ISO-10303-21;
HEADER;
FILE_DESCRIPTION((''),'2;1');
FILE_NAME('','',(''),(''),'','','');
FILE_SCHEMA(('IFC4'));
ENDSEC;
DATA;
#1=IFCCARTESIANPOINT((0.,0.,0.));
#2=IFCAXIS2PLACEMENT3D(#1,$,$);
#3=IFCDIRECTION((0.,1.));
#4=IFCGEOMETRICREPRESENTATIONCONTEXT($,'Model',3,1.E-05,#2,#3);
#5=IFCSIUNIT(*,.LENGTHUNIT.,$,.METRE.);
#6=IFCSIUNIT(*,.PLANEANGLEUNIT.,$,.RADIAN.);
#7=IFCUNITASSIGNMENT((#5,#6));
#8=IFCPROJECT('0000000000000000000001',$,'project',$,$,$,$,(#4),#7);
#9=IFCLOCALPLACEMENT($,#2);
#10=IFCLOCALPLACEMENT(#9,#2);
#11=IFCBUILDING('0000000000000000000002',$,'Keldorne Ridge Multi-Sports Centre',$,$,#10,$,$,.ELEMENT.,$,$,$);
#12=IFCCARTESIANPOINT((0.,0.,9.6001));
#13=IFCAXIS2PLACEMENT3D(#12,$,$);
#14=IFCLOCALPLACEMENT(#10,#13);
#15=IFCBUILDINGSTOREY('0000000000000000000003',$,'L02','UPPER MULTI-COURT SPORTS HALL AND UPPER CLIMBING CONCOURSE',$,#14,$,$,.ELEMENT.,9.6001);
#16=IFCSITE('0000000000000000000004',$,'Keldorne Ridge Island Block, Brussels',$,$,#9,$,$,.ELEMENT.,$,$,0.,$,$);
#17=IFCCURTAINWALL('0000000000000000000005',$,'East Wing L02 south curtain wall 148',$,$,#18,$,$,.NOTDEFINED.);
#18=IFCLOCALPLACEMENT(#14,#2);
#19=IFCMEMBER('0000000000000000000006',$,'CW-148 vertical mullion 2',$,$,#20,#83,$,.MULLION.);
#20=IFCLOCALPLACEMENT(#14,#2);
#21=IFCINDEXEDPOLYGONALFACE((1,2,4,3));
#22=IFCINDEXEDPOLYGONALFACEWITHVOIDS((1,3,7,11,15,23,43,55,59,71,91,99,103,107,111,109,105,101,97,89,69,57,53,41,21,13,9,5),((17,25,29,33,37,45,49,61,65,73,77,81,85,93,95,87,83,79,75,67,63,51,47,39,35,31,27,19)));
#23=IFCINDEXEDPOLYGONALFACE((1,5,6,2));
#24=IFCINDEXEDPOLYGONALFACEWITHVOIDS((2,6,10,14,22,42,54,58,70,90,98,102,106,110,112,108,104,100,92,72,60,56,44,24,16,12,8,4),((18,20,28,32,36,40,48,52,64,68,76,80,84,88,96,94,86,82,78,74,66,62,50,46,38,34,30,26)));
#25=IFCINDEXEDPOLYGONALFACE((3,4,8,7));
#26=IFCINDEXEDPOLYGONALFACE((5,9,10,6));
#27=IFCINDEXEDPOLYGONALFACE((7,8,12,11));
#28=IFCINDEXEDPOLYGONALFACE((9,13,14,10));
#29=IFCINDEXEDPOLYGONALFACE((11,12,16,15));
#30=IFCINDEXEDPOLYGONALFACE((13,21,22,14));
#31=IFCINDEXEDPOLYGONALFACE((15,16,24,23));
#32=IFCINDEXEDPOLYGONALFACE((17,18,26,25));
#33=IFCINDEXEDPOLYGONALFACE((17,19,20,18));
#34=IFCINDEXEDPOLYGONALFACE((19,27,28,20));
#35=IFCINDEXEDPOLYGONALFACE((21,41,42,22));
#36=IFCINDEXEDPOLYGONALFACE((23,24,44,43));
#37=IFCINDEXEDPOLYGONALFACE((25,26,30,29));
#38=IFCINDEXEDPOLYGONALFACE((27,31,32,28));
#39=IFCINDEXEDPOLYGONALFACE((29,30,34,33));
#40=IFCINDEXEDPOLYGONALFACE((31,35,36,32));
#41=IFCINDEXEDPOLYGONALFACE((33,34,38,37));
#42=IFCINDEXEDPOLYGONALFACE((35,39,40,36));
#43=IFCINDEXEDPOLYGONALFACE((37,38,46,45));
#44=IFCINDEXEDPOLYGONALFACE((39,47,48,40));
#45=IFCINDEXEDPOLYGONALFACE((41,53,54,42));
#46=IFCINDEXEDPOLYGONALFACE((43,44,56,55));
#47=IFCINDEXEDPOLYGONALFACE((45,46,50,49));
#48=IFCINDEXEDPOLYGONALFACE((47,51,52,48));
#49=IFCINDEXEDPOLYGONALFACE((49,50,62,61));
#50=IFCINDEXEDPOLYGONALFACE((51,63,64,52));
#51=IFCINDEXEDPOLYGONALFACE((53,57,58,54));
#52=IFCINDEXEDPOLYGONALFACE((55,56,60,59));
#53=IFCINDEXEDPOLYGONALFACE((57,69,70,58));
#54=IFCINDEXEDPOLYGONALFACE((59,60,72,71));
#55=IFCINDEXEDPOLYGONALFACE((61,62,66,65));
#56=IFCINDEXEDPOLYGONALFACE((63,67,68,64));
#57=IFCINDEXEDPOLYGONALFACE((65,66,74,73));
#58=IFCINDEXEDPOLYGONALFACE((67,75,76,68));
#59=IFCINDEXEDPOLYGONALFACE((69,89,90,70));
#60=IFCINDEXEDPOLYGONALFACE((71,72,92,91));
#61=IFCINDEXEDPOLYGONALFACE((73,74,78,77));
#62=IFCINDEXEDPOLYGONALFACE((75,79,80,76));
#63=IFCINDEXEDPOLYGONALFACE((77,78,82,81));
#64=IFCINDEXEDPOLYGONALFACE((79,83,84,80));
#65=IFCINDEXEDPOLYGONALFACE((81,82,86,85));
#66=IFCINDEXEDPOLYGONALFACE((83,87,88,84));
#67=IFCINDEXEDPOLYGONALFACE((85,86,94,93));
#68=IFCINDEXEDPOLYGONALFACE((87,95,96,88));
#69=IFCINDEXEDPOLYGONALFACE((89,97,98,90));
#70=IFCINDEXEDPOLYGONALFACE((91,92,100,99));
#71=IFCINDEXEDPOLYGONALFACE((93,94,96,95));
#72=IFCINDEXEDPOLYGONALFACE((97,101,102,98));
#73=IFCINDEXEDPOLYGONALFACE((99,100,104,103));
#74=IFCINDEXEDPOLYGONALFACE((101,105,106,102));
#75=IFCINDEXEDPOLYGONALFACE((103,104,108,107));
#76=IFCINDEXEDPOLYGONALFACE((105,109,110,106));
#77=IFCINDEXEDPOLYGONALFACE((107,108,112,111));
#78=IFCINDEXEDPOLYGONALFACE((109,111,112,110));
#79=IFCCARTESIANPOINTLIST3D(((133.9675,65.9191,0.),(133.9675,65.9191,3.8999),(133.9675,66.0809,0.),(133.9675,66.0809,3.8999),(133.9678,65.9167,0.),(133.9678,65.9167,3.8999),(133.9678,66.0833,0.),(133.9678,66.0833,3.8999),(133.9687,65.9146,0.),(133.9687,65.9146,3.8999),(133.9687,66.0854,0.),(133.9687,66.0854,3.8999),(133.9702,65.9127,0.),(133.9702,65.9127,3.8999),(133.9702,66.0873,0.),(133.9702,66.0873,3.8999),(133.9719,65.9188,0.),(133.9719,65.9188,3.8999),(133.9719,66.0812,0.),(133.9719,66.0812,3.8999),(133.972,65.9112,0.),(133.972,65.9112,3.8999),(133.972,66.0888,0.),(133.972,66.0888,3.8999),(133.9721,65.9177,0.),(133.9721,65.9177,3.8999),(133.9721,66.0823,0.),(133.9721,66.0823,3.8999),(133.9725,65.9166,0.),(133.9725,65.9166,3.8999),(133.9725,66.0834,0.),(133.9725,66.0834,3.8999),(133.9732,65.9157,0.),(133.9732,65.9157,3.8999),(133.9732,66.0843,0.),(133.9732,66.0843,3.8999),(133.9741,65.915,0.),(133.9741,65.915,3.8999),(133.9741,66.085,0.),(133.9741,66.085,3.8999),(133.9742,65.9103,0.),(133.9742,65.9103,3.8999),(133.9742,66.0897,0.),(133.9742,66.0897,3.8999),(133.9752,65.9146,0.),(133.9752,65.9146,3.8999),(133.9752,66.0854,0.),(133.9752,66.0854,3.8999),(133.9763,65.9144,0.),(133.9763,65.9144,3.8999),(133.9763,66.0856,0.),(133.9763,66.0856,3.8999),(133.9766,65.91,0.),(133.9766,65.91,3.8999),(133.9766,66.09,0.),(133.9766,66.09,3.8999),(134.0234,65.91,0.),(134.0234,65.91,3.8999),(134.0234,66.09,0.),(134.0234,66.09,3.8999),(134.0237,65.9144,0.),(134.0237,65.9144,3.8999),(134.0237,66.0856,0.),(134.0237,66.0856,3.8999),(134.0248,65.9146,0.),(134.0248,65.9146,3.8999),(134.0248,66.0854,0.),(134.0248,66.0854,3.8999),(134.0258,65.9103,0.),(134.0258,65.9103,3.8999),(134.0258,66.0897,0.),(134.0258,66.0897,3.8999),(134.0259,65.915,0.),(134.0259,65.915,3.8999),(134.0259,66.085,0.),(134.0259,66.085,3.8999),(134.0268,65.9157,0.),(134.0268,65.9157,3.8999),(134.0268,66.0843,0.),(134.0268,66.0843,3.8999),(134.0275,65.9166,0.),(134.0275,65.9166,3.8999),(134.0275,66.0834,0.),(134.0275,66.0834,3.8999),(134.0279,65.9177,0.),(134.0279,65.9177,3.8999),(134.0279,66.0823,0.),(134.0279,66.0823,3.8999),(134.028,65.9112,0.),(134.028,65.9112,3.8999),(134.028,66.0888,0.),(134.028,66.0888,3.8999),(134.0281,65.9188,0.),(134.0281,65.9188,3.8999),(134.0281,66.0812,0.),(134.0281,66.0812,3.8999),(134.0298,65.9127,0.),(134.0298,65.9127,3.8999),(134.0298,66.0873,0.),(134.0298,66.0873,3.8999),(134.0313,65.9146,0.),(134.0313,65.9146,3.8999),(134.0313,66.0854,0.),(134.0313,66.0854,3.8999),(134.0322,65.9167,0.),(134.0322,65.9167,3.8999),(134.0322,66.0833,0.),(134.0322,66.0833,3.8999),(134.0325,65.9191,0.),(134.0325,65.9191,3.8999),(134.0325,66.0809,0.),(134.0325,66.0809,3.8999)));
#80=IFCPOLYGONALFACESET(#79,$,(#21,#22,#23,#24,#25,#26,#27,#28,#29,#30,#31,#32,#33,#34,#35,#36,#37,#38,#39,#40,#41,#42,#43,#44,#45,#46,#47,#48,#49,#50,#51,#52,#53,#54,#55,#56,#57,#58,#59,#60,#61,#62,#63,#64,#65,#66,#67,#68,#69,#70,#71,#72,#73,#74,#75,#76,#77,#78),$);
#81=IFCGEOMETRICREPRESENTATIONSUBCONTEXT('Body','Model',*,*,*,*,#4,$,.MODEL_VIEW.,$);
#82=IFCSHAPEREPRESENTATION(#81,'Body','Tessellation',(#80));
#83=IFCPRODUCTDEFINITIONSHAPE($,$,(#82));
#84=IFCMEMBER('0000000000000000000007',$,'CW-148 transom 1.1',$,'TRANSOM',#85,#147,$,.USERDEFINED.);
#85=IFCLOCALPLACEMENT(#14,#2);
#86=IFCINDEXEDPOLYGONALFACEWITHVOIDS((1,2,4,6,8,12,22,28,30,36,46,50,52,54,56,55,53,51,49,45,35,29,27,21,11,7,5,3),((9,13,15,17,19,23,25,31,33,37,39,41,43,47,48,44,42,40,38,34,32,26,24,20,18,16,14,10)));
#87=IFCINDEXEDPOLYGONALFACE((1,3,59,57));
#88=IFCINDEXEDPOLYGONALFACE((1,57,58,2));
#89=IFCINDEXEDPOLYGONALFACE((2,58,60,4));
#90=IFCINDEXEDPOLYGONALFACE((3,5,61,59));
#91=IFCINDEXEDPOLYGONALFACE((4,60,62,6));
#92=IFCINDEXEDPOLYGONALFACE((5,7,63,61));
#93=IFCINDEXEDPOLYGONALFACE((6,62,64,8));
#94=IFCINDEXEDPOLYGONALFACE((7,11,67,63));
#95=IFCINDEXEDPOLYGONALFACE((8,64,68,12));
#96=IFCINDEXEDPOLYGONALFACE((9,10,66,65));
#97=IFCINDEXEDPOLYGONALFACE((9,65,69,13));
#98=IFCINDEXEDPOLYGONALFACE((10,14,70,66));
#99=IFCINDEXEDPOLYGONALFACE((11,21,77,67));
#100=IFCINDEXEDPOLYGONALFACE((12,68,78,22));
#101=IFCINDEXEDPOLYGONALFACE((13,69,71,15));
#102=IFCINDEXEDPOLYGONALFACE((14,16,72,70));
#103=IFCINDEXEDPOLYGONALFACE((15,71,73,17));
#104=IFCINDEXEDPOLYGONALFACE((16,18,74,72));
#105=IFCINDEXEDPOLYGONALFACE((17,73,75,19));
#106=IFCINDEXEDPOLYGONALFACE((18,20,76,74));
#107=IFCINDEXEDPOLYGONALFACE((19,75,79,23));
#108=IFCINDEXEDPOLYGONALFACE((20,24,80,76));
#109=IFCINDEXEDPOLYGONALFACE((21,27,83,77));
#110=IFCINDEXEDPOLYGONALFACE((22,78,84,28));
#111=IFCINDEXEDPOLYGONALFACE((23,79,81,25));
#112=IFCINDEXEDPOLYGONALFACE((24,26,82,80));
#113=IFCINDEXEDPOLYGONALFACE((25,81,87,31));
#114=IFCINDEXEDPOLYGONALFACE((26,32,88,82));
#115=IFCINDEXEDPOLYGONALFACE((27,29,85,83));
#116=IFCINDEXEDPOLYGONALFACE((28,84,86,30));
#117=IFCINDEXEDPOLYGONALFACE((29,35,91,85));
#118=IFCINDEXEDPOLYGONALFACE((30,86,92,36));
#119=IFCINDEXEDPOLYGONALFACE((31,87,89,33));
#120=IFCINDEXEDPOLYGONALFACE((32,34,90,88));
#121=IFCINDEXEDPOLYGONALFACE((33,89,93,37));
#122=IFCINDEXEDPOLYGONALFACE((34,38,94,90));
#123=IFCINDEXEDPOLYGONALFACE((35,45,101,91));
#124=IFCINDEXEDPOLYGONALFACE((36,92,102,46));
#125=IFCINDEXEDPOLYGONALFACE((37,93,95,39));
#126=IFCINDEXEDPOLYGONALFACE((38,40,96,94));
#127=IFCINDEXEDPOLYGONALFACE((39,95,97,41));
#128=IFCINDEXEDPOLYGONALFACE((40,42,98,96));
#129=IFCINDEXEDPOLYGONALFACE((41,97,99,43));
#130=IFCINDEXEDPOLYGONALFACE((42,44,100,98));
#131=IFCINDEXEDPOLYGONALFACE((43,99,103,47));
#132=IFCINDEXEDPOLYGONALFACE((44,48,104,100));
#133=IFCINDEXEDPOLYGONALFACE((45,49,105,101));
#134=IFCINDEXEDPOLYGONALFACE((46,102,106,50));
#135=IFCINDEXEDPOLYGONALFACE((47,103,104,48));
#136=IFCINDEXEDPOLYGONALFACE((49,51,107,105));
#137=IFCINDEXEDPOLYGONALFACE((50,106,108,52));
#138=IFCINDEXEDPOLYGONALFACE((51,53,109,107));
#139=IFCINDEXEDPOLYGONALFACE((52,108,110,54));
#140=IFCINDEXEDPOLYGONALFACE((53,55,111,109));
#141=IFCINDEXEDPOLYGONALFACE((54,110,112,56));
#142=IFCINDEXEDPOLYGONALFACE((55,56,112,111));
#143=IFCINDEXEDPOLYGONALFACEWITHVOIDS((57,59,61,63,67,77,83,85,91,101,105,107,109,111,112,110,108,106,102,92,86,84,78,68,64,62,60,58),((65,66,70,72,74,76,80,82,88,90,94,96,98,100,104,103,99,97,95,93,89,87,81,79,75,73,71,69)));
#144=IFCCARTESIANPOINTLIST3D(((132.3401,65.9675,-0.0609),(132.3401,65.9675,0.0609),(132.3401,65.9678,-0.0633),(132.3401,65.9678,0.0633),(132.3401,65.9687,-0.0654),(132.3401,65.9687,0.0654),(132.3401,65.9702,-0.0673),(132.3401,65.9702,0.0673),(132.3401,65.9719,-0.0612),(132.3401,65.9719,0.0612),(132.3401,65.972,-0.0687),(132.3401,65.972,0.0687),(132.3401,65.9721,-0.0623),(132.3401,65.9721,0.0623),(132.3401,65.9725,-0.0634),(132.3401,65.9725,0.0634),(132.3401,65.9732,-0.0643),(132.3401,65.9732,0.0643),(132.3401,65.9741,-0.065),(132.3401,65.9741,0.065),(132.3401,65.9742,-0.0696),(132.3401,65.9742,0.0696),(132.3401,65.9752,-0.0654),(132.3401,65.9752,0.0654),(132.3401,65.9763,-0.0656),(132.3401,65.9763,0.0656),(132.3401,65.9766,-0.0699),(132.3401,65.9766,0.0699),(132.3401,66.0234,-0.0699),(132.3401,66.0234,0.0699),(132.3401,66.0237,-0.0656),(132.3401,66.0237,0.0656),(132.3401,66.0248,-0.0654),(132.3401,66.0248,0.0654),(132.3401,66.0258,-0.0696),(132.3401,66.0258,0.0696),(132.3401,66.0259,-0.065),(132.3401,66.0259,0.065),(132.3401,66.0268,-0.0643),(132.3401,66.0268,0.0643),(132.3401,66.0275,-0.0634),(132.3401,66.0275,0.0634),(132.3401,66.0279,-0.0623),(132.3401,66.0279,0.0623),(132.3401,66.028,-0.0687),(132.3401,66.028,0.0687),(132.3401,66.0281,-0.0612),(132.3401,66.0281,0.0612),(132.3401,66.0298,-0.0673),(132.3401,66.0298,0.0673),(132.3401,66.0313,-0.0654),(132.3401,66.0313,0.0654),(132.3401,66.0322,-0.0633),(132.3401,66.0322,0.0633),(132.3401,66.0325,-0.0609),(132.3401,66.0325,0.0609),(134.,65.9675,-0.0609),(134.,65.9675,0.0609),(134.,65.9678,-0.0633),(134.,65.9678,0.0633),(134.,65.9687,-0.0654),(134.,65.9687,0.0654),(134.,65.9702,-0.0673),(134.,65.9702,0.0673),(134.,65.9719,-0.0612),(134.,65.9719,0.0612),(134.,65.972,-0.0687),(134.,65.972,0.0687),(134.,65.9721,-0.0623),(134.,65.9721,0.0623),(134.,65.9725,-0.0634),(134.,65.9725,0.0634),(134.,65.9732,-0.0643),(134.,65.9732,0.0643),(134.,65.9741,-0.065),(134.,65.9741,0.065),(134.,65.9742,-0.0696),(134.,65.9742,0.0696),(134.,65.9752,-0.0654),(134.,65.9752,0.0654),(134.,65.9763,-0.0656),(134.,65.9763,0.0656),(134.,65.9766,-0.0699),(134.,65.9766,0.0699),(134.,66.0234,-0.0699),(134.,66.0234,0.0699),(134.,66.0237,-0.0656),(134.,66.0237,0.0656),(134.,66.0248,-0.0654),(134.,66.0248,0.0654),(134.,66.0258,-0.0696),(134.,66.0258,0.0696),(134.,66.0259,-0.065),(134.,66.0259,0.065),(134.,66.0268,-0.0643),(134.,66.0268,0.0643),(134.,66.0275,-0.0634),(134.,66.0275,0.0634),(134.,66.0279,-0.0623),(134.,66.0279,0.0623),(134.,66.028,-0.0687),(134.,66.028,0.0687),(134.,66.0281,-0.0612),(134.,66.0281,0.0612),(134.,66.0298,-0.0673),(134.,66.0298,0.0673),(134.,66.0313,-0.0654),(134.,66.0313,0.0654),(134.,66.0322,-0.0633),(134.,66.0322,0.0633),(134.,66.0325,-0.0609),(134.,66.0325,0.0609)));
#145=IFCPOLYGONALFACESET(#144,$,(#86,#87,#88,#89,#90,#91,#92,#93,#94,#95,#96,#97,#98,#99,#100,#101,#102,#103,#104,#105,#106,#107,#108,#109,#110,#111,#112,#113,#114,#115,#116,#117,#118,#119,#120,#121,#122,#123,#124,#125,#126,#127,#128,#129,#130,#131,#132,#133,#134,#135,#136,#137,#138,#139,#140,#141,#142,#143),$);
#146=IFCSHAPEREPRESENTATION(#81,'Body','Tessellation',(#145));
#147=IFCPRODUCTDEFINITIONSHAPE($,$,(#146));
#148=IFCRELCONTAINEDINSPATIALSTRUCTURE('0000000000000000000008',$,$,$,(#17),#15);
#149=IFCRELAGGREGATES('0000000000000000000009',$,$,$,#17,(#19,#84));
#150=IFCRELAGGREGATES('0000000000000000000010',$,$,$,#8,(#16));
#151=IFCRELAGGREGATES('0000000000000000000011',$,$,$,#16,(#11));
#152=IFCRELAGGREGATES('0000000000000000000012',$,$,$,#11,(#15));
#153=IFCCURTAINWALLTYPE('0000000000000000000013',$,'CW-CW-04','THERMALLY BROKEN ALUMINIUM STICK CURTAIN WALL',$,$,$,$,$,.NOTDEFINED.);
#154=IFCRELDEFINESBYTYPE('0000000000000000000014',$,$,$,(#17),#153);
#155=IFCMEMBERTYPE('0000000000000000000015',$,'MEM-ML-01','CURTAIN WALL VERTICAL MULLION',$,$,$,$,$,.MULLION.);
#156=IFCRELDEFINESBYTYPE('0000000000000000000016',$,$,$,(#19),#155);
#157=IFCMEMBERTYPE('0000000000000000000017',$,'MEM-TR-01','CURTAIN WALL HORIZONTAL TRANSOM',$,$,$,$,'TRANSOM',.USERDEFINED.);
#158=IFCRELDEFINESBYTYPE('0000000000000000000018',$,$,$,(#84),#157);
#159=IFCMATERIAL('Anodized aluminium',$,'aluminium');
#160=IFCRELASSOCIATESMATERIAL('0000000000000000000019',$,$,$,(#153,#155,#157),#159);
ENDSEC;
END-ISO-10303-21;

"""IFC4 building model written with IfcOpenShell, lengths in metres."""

from ifc_helpers import new_model, si_unit, direction, frame, origin, origin_2d, place, context, subcontext, project, spatial, hollow_rectangle, extrude, material, material_profile, profile_set, type_object, element, aggregate, save


model = new_model("IFC4")

# Units and contexts
model_context = context("Model", 3, precision=1e-05, world=origin(), true_north=direction((0.0, 1.0)))
body_context = subcontext(model_context, "Body", "Model", "MODEL_VIEW")
ifc_project = project(units=[si_unit("LENGTHUNIT", "METRE"), si_unit("PLANEANGLEUNIT", "RADIAN")], contexts=[model_context])

# Site, building, storey
site_placement = place(None, origin())
site = spatial("IfcSite", under=ifc_project, at=site_placement, Name="Keldorne Ridge Island Block, Brussels", CompositionType="ELEMENT", RefElevation=0.0)
building_placement = place(site_placement, origin())
building = spatial("IfcBuilding", under=site, at=building_placement, Name="Keldorne Ridge Multi-Sports Centre", CompositionType="ELEMENT")
storey_placement = place(building_placement, frame((0.0, 0.0, 9.6001)))
storey = spatial("IfcBuildingStorey", under=building, at=storey_placement, Name="L02", Description="UPPER MULTI-COURT SPORTS HALL AND UPPER CLIMBING CONCOURSE", CompositionType="ELEMENT", Elevation=9.6001)

# Curtain wall, members
ifc_material_1 = material(Name="Anodized aluminium", Category="aluminium")
curtain_wall_type = type_object("IfcCurtainWallType", Name="CW-CW-04", Description="THERMALLY BROKEN ALUMINIUM STICK CURTAIN WALL", PredefinedType="NOTDEFINED", material=ifc_material_1)
curtain_wall_placement = place(storey_placement, origin())
curtain_wall = element("IfcCurtainWall", 1, at=curtain_wall_placement, inside=storey, type_object=curtain_wall_type, Name="East Wing L02 south curtain wall 148", PredefinedType="NOTDEFINED")
ifc_material_profile_1 = material_profile(ifc_material_1, hollow_rectangle(XDim=0.0649, YDim=0.1799, WallThickness=0.0044, InnerFilletRadius=0.0044, OuterFilletRadius=0.009, at=origin_2d()), Name="ALU MULLION 180x65x4.5")
ifc_profile_set_1 = profile_set([ifc_material_profile_1], Name="Anodized aluminium")
member_type_1 = type_object("IfcMemberType", Name="MEM-ML-01", Description="CURTAIN WALL VERTICAL MULLION", PredefinedType="MULLION", material=ifc_profile_set_1)
member_1_placement = place(storey_placement, frame((134.0, 66.0, 0.0), z_axis=(0.0, 0.0, 1.0), x_axis=(1.0, 0.0, 0.0)))
member_1 = element("IfcMember", 2, at=member_1_placement, type_object=member_type_1, Name="CW-148 vertical mullion 2", PredefinedType="MULLION", context=body_context, shape_type="SweptSolid", body=[
    extrude(hollow_rectangle(XDim=0.0649, YDim=0.1799, WallThickness=0.0044, InnerFilletRadius=0.0044, OuterFilletRadius=0.009, at=origin_2d()), origin(), (0.0, 0.0, 1.0), 3.8999),
])
ifc_material_profile_2 = material_profile(ifc_material_1, hollow_rectangle(XDim=0.0649, YDim=0.1399, WallThickness=0.0044, InnerFilletRadius=0.0044, OuterFilletRadius=0.009, at=origin_2d()), Name="ALU TRANSOM 140x65x4.5")
ifc_profile_set_2 = profile_set([ifc_material_profile_2], Name="Anodized aluminium")
member_type_2 = type_object("IfcMemberType", Name="MEM-TR-01", Description="CURTAIN WALL HORIZONTAL TRANSOM", ElementType="TRANSOM", PredefinedType="USERDEFINED", material=ifc_profile_set_2)
member_2_placement = place(storey_placement, frame((132.3401, 66.0, 0.0), z_axis=(1.0, 0.0, 0.0), x_axis=(0.0, 1.0, 0.0)))
member_2 = element("IfcMember", 3, at=member_2_placement, type_object=member_type_2, Name="CW-148 transom 1.1", ObjectType="TRANSOM", PredefinedType="USERDEFINED", context=body_context, shape_type="SweptSolid", body=[
    extrude(hollow_rectangle(XDim=0.0649, YDim=0.1399, WallThickness=0.0044, InnerFilletRadius=0.0044, OuterFilletRadius=0.009, at=origin_2d()), origin(), (0.0, 0.0, 1.0), 1.6599),
])
aggregate(curtain_wall, [member_1, member_2])

save(model, "model.ifc")
